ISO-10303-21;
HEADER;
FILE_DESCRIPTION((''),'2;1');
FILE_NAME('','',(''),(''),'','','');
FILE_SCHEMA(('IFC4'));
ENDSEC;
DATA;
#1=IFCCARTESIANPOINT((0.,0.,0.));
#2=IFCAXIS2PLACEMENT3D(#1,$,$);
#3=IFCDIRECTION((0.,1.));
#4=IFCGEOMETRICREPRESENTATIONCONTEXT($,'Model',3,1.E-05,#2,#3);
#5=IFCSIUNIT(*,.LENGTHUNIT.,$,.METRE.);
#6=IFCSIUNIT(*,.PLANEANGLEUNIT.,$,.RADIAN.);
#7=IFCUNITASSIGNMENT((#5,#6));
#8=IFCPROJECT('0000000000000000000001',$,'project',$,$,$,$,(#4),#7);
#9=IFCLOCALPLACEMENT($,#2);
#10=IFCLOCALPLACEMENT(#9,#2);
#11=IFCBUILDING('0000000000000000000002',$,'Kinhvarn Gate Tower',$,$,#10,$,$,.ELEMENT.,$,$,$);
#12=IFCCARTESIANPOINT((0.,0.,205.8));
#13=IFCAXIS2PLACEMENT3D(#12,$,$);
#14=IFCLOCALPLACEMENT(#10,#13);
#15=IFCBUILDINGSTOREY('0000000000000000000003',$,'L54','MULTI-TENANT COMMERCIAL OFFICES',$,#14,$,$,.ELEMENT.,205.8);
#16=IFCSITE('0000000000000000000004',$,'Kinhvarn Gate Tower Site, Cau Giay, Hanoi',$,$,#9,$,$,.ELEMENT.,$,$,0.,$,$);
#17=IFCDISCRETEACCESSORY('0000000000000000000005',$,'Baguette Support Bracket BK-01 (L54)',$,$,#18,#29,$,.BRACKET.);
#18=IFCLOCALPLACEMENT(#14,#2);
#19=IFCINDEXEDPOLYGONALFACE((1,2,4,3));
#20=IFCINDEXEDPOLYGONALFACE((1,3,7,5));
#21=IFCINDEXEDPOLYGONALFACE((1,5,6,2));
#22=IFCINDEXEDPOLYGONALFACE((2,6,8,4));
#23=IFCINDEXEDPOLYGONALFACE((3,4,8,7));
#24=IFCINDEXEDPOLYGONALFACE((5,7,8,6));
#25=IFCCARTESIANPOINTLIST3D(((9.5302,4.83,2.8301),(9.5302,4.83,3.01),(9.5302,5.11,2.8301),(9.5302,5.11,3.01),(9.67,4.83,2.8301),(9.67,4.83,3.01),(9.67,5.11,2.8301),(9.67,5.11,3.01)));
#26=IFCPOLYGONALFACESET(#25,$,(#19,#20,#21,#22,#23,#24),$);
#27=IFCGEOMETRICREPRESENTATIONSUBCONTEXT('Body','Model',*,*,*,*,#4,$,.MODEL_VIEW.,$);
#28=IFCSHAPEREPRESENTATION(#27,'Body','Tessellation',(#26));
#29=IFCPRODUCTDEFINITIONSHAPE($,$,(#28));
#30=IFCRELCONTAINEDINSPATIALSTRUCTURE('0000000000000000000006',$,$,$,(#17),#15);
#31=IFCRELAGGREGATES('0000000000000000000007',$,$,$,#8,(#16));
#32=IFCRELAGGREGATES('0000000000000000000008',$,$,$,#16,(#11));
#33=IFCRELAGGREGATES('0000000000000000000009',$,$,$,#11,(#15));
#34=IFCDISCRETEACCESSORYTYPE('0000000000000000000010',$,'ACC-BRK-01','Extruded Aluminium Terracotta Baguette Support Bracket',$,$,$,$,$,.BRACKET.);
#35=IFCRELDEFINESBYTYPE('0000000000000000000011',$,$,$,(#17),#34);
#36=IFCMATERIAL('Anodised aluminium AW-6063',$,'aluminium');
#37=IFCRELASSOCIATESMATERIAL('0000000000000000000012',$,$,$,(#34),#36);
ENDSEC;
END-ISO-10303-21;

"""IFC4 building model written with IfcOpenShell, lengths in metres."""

from ifc_helpers import new_model, si_unit, direction, frame, origin, origin_2d, place, context, subcontext, project, spatial, rectangle, extrude, material, type_object, element, save


model = new_model("IFC4")

# Units and contexts
model_context = context("Model", 3, precision=1e-05, world=origin(), true_north=direction((0.0, 1.0)))
body_context = subcontext(model_context, "Body", "Model", "MODEL_VIEW")
ifc_project = project(units=[si_unit("LENGTHUNIT", "METRE"), si_unit("PLANEANGLEUNIT", "RADIAN")], contexts=[model_context])

# Site, building, storey
site_placement = place(None, origin())
site = spatial("IfcSite", under=ifc_project, at=site_placement, Name="Kinhvarn Gate Tower Site, Cau Giay, Hanoi", CompositionType="ELEMENT", RefElevation=0.0)
building_placement = place(site_placement, origin())
building = spatial("IfcBuilding", under=site, at=building_placement, Name="Kinhvarn Gate Tower", CompositionType="ELEMENT")
storey_placement = place(building_placement, frame((0.0, 0.0, 205.8)))
storey = spatial("IfcBuildingStorey", under=building, at=storey_placement, Name="L54", Description="MULTI-TENANT COMMERCIAL OFFICES", CompositionType="ELEMENT", Elevation=205.8)

# Shared definitions
ifc_material_1 = material(Name="Anodised aluminium AW-6063", Category="aluminium")

# Discrete accessory
discrete_accessory_type = type_object("IfcDiscreteAccessoryType", Name="ACC-BRK-01", Description="Extruded Aluminium Terracotta Baguette Support Bracket", PredefinedType="BRACKET", material=ifc_material_1)
discrete_accessory_placement = place(storey_placement, frame((9.6001, 4.97, 2.8301), z_axis=(0.0, 0.0, 1.0), x_axis=(1.0, 0.0, 0.0)))
element("IfcDiscreteAccessory", 1, at=discrete_accessory_placement, inside=storey, type_object=discrete_accessory_type, Name="Baguette Support Bracket BK-01 (L54)", PredefinedType="BRACKET", context=body_context, shape_type="SweptSolid", body=[
    extrude(rectangle(XDim=0.1399, YDim=0.28, at=origin_2d()), origin(), (0.0, 0.0, 1.0), 0.1799),
])

save(model, "model.ifc")
